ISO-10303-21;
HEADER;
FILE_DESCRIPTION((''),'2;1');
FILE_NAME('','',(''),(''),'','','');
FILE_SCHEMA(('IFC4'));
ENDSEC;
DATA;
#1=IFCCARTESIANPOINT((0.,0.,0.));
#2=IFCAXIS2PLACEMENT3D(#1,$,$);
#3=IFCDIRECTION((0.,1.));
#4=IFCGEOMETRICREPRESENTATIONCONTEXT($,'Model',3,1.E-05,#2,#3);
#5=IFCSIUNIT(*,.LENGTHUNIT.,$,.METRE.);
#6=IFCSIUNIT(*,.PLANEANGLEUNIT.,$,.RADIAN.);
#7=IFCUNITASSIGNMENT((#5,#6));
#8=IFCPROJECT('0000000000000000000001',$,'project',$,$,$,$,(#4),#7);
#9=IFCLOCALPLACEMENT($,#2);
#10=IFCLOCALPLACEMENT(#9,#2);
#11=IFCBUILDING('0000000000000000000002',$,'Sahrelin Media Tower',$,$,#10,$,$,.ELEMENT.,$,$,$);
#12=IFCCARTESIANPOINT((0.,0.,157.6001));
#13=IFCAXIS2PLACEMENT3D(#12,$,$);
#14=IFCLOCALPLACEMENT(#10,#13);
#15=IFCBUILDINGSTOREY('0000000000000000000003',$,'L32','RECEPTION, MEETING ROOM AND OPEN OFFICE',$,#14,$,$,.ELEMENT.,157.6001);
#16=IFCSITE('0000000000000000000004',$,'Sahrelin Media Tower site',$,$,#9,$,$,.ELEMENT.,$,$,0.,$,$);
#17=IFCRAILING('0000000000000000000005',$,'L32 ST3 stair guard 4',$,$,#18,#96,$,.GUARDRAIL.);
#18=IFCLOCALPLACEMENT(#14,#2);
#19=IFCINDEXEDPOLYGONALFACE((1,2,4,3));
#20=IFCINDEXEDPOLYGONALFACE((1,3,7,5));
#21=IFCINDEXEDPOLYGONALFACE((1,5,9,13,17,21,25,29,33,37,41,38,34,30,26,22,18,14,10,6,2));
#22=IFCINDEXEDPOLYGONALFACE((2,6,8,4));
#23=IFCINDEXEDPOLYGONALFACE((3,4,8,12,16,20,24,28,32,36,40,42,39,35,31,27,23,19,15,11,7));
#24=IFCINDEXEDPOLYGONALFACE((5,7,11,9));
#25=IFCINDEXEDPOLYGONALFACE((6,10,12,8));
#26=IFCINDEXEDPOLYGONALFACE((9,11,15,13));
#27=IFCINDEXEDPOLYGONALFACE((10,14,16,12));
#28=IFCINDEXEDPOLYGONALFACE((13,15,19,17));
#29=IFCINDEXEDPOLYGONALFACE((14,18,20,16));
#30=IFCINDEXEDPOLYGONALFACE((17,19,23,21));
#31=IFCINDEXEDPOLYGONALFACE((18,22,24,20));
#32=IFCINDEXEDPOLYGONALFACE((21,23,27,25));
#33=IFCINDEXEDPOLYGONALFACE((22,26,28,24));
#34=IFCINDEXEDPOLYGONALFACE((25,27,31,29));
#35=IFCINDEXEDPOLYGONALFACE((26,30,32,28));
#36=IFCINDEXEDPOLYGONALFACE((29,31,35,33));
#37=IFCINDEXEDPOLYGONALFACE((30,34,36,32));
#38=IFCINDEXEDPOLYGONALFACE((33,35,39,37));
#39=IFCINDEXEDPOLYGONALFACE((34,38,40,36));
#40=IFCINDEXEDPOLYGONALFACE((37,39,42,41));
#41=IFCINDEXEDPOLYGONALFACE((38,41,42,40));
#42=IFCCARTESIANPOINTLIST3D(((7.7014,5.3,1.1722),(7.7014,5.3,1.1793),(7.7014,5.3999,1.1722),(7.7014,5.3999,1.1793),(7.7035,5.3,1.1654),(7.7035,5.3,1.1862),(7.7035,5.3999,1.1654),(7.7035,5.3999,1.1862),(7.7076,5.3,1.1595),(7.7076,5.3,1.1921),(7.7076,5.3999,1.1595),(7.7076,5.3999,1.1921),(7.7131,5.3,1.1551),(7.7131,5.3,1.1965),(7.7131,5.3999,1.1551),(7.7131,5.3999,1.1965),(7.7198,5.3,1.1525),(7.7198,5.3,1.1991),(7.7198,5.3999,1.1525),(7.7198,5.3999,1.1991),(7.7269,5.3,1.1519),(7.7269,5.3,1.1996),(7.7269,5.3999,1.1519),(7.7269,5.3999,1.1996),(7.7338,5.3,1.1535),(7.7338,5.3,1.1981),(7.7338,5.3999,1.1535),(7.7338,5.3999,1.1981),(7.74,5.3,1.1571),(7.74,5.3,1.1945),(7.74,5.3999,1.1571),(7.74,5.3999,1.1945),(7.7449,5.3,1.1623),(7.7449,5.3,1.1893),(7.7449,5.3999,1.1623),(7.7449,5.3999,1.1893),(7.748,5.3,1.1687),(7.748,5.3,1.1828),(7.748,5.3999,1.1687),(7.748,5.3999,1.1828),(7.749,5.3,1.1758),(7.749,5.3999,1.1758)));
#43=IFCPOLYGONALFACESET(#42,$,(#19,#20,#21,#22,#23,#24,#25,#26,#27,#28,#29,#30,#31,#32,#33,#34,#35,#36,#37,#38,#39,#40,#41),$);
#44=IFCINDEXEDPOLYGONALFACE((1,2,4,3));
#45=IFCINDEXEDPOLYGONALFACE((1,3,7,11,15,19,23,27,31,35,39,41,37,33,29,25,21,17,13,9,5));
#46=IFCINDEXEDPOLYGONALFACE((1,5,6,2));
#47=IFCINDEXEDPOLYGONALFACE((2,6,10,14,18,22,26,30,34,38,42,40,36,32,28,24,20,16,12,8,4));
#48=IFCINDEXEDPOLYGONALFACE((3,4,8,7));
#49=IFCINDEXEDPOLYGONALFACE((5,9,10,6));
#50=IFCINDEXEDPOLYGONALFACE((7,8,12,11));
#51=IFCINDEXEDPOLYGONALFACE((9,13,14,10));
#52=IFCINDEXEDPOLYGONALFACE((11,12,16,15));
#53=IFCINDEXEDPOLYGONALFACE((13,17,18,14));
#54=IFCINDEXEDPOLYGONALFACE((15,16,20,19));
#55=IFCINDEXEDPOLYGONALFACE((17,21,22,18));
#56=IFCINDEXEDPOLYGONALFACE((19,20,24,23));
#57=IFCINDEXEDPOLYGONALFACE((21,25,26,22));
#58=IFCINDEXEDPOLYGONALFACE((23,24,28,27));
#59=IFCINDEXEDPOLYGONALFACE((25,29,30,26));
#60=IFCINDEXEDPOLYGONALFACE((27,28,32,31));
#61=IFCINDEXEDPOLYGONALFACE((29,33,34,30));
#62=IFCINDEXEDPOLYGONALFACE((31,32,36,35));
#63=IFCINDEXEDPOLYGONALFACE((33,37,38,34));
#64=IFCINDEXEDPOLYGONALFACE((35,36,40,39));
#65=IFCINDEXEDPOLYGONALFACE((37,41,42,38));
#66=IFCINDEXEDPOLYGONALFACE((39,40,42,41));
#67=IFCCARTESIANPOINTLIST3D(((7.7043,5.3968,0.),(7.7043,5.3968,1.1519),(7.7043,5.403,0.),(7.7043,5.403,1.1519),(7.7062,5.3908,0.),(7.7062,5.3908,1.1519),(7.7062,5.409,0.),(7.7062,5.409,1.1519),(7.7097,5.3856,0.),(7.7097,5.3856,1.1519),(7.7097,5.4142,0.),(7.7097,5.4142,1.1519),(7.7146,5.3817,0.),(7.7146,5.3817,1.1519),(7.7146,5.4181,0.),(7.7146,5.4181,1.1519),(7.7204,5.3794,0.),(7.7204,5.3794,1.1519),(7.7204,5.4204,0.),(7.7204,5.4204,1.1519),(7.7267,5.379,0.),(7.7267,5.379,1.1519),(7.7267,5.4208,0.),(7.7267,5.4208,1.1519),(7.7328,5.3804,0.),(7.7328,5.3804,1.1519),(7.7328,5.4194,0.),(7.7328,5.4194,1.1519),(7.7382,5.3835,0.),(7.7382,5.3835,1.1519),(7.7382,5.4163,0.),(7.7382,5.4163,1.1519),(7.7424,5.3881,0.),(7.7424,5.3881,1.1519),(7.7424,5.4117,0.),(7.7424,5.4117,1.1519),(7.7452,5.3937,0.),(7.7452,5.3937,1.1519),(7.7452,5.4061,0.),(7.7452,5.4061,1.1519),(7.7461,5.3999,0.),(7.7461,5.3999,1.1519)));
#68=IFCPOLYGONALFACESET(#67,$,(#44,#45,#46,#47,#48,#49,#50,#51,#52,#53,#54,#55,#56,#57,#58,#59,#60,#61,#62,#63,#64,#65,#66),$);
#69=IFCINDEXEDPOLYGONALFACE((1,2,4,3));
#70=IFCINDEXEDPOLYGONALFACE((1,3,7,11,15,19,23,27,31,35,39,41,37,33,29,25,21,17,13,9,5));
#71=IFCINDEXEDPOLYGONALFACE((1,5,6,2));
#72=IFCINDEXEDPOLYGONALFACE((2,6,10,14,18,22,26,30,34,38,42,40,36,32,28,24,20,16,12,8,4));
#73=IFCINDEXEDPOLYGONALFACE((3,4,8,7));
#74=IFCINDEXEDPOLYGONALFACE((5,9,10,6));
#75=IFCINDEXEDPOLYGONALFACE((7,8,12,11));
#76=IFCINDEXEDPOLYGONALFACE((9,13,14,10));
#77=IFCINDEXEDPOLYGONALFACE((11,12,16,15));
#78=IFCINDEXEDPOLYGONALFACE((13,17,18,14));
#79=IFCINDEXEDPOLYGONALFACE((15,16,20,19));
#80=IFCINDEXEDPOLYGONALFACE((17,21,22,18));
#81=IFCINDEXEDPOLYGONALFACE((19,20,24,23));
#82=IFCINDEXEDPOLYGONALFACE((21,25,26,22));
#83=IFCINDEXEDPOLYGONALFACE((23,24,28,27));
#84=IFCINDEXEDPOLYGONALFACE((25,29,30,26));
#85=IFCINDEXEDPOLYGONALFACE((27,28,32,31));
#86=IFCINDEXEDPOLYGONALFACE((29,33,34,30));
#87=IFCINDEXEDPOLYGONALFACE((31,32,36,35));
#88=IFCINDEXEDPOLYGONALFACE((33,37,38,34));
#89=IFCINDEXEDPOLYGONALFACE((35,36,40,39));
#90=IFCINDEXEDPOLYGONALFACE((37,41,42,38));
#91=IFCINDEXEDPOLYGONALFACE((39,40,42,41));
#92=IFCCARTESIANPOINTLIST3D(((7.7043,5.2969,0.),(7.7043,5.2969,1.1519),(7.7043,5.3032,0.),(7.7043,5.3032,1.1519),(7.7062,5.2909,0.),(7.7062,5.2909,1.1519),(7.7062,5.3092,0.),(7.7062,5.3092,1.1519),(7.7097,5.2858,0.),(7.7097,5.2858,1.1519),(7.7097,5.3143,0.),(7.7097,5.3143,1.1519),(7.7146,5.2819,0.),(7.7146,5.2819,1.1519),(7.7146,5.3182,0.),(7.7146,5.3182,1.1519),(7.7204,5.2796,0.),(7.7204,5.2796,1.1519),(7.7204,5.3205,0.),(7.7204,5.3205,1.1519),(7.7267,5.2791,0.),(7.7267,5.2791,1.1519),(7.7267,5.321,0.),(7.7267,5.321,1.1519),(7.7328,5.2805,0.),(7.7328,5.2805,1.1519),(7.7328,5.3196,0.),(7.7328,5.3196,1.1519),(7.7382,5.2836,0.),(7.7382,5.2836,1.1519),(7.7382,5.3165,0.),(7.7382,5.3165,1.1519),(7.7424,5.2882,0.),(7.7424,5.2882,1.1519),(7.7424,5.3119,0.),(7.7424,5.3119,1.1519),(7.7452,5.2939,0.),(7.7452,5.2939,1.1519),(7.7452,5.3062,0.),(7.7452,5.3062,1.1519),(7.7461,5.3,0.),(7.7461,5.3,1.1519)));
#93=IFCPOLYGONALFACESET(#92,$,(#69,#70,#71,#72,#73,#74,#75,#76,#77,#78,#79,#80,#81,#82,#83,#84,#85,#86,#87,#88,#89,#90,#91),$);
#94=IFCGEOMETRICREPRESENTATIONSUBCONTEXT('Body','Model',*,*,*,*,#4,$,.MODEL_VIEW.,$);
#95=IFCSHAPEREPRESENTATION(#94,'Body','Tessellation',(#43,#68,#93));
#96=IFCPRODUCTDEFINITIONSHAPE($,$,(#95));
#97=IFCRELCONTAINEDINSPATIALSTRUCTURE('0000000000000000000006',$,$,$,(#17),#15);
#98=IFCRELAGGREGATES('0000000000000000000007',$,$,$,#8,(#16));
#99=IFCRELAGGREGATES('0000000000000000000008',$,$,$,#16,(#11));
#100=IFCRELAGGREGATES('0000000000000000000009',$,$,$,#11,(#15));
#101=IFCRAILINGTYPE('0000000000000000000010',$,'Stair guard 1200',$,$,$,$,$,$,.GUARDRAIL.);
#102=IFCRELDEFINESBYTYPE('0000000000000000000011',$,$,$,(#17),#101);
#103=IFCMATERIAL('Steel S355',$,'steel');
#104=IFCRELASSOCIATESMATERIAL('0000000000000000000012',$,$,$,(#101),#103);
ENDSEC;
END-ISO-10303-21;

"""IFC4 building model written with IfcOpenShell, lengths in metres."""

from ifc_helpers import new_model, si_unit, direction, frame, origin, origin_2d, place, context, subcontext, project, spatial, circle, extrude, material, type_object, element, save


model = new_model("IFC4")

# Units and contexts
model_context = context("Model", 3, precision=1e-05, world=origin(), true_north=direction((0.0, 1.0)))
body_context = subcontext(model_context, "Body", "Model", "MODEL_VIEW")
ifc_project = project(units=[si_unit("LENGTHUNIT", "METRE"), si_unit("PLANEANGLEUNIT", "RADIAN")], contexts=[model_context])

# Site, building, storey
site_placement = place(None, origin())
site = spatial("IfcSite", under=ifc_project, at=site_placement, Name="Sahrelin Media Tower site", CompositionType="ELEMENT", RefElevation=0.0)
building_placement = place(site_placement, origin())
building = spatial("IfcBuilding", under=site, at=building_placement, Name="Sahrelin Media Tower", CompositionType="ELEMENT")
storey_placement = place(building_placement, frame((0.0, 0.0, 157.6001)))
storey = spatial("IfcBuildingStorey", under=building, at=storey_placement, Name="L32", Description="RECEPTION, MEETING ROOM AND OPEN OFFICE", CompositionType="ELEMENT", Elevation=157.6001)

# Shared definitions
ifc_material_1 = material(Name="Steel S355", Category="steel")

# Railing
railing_type_1 = type_object("IfcRailingType", Name="Stair guard 1200", PredefinedType="GUARDRAIL", material=ifc_material_1)
railing_1_placement = place(storey_placement, frame((7.7251, 5.3999, 0.0)))
element("IfcRailing", 1, at=railing_1_placement, inside=storey, type_object=railing_type_1, Name="L32 ST3 stair guard 4", PredefinedType="GUARDRAIL", context=body_context, shape_type="SweptSolid", body=[
    extrude(circle(Radius=0.0239, at=origin_2d()), frame((0.0, 0.0, 1.1758), z_axis=(0.0, -1.0, 0.0), x_axis=(1.0, 0.0, 0.0)), (0.0, 0.0, 1.0), 0.0999),
    extrude(circle(Radius=0.021, at=origin_2d()), origin(), (0.0, 0.0, 1.0), 1.1519),
    extrude(circle(Radius=0.021, at=origin_2d()), frame((0.0, -0.0999, 0.0)), (0.0, 0.0, 1.0), 1.1519),
])

save(model, "model.ifc")
